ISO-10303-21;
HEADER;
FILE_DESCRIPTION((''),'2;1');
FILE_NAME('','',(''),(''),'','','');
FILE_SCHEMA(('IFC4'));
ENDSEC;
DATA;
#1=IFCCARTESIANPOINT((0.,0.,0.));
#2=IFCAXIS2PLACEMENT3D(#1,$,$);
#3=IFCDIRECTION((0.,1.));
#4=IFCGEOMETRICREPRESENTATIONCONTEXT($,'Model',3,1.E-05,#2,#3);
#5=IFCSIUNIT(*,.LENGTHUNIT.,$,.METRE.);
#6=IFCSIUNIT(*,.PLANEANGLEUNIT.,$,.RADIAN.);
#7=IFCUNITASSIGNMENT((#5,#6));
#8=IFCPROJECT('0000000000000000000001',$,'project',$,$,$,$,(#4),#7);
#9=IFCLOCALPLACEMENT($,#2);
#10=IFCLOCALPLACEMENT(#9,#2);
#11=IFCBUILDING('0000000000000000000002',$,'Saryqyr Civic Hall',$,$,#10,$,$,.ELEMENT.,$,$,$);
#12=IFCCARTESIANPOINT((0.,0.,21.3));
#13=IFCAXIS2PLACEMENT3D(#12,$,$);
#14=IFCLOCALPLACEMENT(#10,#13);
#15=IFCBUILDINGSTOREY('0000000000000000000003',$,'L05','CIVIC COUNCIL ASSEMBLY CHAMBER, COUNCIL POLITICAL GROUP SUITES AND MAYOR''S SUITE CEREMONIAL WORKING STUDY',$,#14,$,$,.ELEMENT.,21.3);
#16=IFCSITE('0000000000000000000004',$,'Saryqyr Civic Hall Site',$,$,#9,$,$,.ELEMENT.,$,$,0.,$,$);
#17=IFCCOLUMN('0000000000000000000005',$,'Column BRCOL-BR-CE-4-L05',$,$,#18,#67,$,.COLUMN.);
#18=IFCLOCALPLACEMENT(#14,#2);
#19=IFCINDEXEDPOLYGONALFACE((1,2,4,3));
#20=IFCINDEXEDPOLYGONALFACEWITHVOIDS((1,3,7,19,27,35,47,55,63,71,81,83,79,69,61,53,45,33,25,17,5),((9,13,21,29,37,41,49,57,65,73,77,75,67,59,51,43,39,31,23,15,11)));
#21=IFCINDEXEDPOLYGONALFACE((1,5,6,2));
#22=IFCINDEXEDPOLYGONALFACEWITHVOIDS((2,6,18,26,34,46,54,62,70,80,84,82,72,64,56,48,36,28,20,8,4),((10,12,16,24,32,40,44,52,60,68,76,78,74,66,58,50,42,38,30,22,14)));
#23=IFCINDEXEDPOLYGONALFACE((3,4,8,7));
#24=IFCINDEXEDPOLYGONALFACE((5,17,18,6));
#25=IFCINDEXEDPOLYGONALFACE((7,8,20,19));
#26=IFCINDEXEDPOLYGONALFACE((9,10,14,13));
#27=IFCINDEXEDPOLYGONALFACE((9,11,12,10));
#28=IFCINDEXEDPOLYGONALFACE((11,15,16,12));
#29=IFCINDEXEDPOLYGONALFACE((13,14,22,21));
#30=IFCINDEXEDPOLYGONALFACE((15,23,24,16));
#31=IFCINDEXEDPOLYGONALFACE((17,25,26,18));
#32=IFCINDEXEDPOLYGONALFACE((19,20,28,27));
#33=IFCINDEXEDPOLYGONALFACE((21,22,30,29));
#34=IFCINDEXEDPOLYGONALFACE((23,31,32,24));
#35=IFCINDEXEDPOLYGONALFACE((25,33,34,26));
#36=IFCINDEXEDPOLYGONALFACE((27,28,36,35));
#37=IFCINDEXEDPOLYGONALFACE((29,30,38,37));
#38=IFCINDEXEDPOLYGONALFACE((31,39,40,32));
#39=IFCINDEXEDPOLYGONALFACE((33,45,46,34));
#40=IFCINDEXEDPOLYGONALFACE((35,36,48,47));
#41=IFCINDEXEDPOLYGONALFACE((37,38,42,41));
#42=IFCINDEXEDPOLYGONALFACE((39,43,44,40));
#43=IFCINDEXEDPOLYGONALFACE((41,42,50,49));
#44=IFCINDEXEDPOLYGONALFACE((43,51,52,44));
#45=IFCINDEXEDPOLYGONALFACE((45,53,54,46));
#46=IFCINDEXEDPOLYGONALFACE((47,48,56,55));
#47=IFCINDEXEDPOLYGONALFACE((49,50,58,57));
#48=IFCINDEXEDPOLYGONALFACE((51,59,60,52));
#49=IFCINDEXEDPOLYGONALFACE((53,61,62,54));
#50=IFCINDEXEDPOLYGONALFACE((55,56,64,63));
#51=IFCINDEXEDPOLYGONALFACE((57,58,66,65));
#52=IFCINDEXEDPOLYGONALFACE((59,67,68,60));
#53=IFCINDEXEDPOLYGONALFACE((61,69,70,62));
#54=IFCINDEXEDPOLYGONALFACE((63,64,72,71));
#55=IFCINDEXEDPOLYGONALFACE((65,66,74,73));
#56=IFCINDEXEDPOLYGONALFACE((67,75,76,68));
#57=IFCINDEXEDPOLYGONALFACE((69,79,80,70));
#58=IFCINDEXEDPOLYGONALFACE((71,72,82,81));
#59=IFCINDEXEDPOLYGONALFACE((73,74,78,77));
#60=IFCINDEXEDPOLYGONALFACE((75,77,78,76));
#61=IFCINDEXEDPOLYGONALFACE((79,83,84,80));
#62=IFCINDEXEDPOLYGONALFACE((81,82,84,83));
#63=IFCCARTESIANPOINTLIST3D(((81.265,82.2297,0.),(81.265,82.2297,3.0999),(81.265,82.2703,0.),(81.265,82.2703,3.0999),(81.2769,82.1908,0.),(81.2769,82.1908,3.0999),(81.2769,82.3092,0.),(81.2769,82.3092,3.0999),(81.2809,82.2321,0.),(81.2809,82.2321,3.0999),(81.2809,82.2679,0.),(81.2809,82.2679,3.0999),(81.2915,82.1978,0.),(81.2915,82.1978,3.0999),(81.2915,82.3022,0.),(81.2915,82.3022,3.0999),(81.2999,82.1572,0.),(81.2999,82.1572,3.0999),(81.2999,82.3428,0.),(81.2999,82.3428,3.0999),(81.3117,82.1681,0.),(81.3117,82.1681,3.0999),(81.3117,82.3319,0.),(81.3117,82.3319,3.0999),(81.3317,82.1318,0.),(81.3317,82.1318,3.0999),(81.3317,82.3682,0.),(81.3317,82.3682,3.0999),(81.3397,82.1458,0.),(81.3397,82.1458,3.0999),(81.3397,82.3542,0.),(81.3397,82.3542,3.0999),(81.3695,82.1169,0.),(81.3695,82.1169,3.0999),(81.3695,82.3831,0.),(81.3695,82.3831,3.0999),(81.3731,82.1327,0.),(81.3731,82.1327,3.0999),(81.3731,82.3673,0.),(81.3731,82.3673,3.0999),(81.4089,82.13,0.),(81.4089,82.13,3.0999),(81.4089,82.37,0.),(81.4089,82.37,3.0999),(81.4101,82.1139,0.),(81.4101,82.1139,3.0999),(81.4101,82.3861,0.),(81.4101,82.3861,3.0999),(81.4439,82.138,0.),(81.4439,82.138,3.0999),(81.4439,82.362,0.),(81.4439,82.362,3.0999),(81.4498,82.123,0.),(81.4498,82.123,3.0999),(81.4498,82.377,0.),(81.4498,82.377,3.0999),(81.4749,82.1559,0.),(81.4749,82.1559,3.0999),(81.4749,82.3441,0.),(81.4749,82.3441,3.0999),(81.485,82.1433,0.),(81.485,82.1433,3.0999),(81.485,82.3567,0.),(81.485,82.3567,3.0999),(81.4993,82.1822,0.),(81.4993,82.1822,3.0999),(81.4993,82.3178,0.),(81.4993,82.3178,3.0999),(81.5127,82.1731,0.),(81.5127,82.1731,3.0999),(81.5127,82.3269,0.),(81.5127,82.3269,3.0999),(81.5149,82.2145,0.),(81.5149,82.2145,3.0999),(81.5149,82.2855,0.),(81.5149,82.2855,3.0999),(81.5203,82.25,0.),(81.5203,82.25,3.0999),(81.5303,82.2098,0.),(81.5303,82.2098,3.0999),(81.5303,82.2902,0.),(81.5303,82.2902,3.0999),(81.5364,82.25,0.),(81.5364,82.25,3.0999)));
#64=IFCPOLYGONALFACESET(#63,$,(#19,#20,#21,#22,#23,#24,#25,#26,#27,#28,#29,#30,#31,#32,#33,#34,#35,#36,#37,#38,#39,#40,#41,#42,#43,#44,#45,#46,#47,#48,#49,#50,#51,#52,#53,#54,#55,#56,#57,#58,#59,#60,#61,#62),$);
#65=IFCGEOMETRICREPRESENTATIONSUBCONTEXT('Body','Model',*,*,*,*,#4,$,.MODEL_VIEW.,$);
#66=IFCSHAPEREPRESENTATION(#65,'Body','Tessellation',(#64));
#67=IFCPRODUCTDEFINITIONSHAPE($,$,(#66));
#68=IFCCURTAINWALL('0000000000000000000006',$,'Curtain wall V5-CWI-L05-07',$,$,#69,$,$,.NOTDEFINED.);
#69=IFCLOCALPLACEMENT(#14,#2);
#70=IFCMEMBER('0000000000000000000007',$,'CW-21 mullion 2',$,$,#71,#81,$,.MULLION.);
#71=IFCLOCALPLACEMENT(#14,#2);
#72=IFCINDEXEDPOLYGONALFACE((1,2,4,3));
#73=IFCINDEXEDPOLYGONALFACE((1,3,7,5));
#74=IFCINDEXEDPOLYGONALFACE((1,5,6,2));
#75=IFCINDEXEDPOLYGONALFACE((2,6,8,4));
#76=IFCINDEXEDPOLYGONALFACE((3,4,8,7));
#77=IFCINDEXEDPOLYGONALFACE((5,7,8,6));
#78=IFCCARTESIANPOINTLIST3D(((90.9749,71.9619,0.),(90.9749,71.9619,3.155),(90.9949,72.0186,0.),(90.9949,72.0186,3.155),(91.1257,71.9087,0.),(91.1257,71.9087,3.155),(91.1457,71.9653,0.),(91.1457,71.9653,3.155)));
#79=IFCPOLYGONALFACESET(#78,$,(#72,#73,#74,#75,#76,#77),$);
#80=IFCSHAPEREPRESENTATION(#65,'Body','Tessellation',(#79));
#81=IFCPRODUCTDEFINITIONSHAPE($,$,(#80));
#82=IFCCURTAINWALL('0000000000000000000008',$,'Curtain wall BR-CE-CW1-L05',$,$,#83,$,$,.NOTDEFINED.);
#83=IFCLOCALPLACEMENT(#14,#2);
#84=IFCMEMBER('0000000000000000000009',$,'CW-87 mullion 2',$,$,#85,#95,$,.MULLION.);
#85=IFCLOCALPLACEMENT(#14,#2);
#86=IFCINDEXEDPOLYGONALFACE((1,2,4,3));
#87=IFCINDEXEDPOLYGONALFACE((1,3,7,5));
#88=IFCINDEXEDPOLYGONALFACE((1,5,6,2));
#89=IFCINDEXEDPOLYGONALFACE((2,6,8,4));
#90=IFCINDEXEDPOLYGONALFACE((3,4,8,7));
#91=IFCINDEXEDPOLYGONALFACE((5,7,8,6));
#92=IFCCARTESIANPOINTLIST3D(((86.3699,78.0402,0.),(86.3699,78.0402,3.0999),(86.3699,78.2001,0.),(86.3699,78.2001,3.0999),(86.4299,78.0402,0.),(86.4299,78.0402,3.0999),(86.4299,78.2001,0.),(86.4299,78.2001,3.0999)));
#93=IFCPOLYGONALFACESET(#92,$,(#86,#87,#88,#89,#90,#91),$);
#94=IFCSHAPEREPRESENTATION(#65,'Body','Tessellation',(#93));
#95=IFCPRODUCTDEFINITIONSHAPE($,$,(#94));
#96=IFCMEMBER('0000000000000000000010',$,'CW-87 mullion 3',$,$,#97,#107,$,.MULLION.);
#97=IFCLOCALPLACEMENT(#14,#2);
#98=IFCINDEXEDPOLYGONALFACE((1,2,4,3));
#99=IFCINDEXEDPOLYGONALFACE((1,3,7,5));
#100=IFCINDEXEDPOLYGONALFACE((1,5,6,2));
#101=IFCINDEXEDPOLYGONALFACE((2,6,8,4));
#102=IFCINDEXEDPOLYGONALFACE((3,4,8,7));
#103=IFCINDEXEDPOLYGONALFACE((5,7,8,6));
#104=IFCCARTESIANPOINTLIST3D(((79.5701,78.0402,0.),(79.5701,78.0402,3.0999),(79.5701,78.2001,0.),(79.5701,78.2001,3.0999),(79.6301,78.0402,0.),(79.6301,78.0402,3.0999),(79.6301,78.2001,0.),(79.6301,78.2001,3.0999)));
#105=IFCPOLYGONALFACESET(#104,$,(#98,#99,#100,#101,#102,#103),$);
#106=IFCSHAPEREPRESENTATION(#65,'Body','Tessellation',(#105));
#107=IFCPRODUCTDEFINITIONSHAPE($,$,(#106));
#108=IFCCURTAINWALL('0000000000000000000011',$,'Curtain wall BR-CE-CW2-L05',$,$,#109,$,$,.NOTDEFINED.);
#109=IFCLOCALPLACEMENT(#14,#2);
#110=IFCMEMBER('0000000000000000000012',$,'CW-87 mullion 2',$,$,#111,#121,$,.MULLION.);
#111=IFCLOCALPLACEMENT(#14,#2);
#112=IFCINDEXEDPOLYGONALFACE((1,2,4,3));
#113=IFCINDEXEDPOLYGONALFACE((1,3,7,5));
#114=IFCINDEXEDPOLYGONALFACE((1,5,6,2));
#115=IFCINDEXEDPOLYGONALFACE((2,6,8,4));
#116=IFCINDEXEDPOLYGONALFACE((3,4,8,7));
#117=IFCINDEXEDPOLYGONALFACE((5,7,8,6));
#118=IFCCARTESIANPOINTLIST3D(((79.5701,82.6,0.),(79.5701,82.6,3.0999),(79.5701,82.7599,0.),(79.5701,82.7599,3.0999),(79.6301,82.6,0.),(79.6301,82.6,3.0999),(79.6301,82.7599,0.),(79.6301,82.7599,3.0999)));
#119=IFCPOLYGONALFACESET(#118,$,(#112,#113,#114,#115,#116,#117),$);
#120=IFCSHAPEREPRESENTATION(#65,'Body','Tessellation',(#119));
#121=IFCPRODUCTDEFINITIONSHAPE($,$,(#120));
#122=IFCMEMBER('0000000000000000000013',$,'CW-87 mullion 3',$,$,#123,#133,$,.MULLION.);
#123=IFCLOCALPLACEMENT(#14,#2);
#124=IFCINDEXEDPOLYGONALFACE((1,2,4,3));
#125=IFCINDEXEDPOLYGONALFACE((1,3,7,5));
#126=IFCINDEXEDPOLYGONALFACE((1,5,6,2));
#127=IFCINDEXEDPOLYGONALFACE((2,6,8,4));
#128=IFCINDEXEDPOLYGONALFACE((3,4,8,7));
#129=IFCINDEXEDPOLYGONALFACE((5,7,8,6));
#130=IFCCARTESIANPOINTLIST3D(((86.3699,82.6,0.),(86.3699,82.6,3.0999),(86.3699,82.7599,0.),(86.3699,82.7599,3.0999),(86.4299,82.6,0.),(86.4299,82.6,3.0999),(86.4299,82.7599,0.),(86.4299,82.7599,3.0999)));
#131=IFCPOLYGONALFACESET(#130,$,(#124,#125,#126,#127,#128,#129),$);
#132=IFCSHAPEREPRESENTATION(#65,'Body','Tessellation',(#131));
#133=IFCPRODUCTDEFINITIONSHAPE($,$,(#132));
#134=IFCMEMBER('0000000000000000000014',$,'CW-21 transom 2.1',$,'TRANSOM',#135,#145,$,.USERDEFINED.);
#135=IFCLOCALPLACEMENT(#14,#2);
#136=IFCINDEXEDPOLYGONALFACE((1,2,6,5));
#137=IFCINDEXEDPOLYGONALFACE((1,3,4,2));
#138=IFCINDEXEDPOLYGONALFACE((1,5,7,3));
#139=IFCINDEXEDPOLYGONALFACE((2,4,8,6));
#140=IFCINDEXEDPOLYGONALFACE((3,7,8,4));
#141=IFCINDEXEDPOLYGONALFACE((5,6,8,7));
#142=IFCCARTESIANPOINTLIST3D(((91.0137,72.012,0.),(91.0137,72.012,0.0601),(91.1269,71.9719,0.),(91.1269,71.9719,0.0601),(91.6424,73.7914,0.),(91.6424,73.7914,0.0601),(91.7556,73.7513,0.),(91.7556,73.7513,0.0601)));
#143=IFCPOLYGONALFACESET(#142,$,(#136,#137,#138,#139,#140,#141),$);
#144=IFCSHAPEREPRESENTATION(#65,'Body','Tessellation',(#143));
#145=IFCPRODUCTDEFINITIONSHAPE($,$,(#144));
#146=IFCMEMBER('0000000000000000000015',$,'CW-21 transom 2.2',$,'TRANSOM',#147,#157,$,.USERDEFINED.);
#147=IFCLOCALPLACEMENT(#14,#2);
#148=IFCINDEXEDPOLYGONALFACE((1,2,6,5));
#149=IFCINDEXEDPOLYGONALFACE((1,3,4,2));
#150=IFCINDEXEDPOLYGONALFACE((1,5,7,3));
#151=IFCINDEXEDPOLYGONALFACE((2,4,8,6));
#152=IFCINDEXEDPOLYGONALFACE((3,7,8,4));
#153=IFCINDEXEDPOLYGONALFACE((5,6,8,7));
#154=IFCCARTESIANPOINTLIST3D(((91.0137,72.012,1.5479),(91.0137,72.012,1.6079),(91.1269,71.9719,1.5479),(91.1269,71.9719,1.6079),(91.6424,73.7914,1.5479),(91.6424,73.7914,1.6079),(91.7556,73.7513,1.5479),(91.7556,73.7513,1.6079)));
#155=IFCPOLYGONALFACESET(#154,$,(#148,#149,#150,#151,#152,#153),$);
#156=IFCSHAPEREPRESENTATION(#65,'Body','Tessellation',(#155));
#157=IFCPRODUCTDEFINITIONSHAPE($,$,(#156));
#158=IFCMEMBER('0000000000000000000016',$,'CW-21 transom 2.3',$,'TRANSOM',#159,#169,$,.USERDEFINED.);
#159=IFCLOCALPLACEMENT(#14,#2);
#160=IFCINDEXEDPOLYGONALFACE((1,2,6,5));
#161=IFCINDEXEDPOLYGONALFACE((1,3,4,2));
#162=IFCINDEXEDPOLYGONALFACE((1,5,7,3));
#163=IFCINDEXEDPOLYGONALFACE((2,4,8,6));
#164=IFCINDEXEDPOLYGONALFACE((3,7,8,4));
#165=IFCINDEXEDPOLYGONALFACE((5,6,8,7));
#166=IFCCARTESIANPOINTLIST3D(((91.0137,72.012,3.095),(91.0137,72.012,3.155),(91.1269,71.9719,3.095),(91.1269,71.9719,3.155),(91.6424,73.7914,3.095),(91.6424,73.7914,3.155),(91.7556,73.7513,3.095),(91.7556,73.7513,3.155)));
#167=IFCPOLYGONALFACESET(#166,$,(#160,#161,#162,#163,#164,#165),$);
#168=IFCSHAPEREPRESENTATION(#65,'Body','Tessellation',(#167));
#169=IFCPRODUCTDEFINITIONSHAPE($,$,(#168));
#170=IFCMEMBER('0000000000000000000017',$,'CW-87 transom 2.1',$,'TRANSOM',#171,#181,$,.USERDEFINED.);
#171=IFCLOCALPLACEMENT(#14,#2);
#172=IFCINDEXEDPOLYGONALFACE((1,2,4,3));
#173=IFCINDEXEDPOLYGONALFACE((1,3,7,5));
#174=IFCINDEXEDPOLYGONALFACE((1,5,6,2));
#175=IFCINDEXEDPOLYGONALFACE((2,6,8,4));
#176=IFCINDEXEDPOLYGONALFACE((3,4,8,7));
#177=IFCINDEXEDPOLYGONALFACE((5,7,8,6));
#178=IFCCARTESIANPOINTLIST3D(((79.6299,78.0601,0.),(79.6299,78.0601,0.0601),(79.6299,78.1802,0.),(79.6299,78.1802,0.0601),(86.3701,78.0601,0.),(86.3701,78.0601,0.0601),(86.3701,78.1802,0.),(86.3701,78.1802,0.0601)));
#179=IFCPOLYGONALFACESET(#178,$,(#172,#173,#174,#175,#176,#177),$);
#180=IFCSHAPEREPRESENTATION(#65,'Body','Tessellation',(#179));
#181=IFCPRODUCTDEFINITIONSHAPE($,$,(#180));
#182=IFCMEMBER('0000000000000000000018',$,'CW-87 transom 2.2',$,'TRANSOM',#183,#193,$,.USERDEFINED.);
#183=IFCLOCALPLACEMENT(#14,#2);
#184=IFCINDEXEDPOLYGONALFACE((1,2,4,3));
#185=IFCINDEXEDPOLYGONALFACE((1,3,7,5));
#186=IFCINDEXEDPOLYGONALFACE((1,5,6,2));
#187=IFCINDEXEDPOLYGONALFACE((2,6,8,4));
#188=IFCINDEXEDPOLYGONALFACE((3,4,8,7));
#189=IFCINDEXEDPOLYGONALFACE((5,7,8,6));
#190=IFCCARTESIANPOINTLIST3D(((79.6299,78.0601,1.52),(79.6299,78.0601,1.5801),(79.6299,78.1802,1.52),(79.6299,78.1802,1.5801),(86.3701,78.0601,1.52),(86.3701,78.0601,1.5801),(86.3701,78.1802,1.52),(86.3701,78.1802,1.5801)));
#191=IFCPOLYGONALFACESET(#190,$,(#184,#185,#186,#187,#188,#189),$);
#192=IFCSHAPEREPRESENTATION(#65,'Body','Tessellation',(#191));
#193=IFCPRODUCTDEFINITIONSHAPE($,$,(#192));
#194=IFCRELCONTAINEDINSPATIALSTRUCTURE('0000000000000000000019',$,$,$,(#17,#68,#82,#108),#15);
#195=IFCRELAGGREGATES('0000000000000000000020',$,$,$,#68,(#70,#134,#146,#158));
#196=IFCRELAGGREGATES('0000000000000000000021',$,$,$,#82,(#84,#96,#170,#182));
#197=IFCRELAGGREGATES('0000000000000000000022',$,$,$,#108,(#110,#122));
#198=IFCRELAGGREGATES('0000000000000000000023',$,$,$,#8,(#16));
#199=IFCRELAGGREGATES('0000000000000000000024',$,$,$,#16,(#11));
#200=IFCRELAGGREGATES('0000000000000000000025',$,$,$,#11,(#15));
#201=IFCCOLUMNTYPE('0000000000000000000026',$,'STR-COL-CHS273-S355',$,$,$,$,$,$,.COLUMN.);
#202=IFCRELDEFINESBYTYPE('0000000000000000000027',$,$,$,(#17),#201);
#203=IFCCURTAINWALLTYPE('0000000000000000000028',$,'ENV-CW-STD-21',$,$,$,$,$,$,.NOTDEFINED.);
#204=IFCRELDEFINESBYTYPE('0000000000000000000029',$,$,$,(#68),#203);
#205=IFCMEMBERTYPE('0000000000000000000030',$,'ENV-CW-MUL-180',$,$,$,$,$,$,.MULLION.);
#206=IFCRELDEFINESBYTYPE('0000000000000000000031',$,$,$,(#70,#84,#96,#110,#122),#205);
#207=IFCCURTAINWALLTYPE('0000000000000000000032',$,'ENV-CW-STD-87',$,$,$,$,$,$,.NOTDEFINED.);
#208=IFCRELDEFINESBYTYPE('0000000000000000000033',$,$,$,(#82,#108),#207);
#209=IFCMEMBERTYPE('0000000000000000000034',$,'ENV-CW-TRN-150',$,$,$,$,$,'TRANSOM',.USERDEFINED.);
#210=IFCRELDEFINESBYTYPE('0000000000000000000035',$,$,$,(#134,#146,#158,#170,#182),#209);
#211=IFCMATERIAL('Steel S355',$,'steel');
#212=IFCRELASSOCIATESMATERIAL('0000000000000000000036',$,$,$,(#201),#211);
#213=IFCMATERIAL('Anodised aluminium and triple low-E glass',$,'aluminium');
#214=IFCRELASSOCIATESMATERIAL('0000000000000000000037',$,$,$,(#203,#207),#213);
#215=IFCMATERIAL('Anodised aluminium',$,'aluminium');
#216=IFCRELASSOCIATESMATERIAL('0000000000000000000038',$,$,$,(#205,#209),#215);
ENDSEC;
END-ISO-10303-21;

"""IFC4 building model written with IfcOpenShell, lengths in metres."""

from ifc_helpers import new_model, si_unit, direction, frame, origin, origin_2d, place, context, subcontext, project, spatial, rectangle, hollow_circle, extrude, material, material_profile, profile_set, type_object, element, aggregate, save


model = new_model("IFC4")

# Units and contexts
model_context = context("Model", 3, precision=1e-05, world=origin(), true_north=direction((0.0, 1.0)))
body_context = subcontext(model_context, "Body", "Model", "MODEL_VIEW")
ifc_project = project(units=[si_unit("LENGTHUNIT", "METRE"), si_unit("PLANEANGLEUNIT", "RADIAN")], contexts=[model_context])

# Site, building, storey
site_placement = place(None, origin())
site = spatial("IfcSite", under=ifc_project, at=site_placement, Name="Saryqyr Civic Hall Site", CompositionType="ELEMENT", RefElevation=0.0)
building_placement = place(site_placement, origin())
building = spatial("IfcBuilding", under=site, at=building_placement, Name="Saryqyr Civic Hall", CompositionType="ELEMENT")
storey_placement = place(building_placement, frame((0.0, 0.0, 21.3)))
storey = spatial("IfcBuildingStorey", under=building, at=storey_placement, Name="L05", Description="CIVIC COUNCIL ASSEMBLY CHAMBER, COUNCIL POLITICAL GROUP SUITES AND MAYOR'S SUITE CEREMONIAL WORKING STUDY", CompositionType="ELEMENT", Elevation=21.3)

# Column
ifc_material_1 = material(Name="Steel S355", Category="steel")
ifc_material_profile_1 = material_profile(ifc_material_1, hollow_circle(Radius=0.1365, WallThickness=0.0161, at=origin_2d()), Name="CHS 273x16")
ifc_profile_set_1 = profile_set([ifc_material_profile_1], Name="Steel S355")
column_type = type_object("IfcColumnType", Name="STR-COL-CHS273-S355", PredefinedType="COLUMN", material=ifc_profile_set_1)
for number, where, z_axis, x_axis, name in (
    (1, (81.3999, 82.25, 0.0), (0.0, 0.0, 1.0), (1.0, 0.0, 0.0), "Column BRCOL-BR-CE-4-L05"),
):
    element("IfcColumn", number, at=place(storey_placement, frame(where, z_axis=z_axis, x_axis=x_axis)), inside=storey, type_object=column_type, Name=name, PredefinedType="COLUMN", context=body_context, shape_type="SweptSolid", body=[
        extrude(hollow_circle(Radius=0.1365, WallThickness=0.0161, at=origin_2d()), origin(), (0.0, 0.0, 1.0), 3.0999),
    ])

# Curtain wall, member
ifc_material_2 = material(Name="Anodised aluminium and triple low-E glass", Category="aluminium")
curtain_wall_type_1 = type_object("IfcCurtainWallType", Name="ENV-CW-STD-21", PredefinedType="NOTDEFINED", material=ifc_material_2)
curtain_wall_1_placement = place(storey_placement, origin())
curtain_wall_1 = element("IfcCurtainWall", 2, at=curtain_wall_1_placement, inside=storey, type_object=curtain_wall_type_1, Name="Curtain wall V5-CWI-L05-07", PredefinedType="NOTDEFINED")
ifc_material_3 = material(Name="Anodised aluminium", Category="aluminium")
ifc_material_profile_2 = material_profile(ifc_material_3, rectangle(XDim=0.0601, YDim=0.1599, at=origin_2d()), Name="ALU MULLION 60x160")
ifc_profile_set_2 = profile_set([ifc_material_profile_2], Name="Anodised aluminium")
member_type_1 = type_object("IfcMemberType", Name="ENV-CW-MUL-180", PredefinedType="MULLION", material=ifc_profile_set_2)
member_1_placement = place(storey_placement, frame((91.0603, 71.9636, 0.0), z_axis=(0.0, 0.0, 1.0), x_axis=(0.333172, 0.942866, 0.0)))
member_1 = element("IfcMember", 3, at=member_1_placement, type_object=member_type_1, Name="CW-21 mullion 2", PredefinedType="MULLION", context=body_context, shape_type="SweptSolid", body=[
    extrude(rectangle(XDim=0.0601, YDim=0.1599, at=origin_2d()), origin(), (0.0, 0.0, 1.0), 3.155),
])

# Curtain walls, members
curtain_wall_type_2 = type_object("IfcCurtainWallType", Name="ENV-CW-STD-87", PredefinedType="NOTDEFINED", material=ifc_material_2)
curtain_wall_2_placement = place(storey_placement, origin())
curtain_wall_2 = element("IfcCurtainWall", 4, at=curtain_wall_2_placement, inside=storey, type_object=curtain_wall_type_2, Name="Curtain wall BR-CE-CW1-L05", PredefinedType="NOTDEFINED")
member_2_placement = place(storey_placement, frame((86.3999, 78.1201, 0.0), z_axis=(0.0, 0.0, 1.0), x_axis=(-1.0, 0.0, 0.0)))
member_2 = element("IfcMember", 5, at=member_2_placement, type_object=member_type_1, Name="CW-87 mullion 2", PredefinedType="MULLION", context=body_context, shape_type="SweptSolid", body=[
    extrude(rectangle(XDim=0.0601, YDim=0.1599, at=origin_2d()), origin(), (0.0, 0.0, 1.0), 3.0999),
])
member_3_placement = place(storey_placement, frame((79.6001, 78.1201, 0.0), z_axis=(0.0, 0.0, 1.0), x_axis=(-1.0, 0.0, 0.0)))
member_3 = element("IfcMember", 6, at=member_3_placement, type_object=member_type_1, Name="CW-87 mullion 3", PredefinedType="MULLION", context=body_context, shape_type="SweptSolid", body=[
    extrude(rectangle(XDim=0.0601, YDim=0.1599, at=origin_2d()), origin(), (0.0, 0.0, 1.0), 3.0999),
])
curtain_wall_3_placement = place(storey_placement, origin())
curtain_wall_3 = element("IfcCurtainWall", 7, at=curtain_wall_3_placement, inside=storey, type_object=curtain_wall_type_2, Name="Curtain wall BR-CE-CW2-L05", PredefinedType="NOTDEFINED")
member_4_placement = place(storey_placement, frame((79.6001, 82.6799, 0.0), z_axis=(0.0, 0.0, 1.0), x_axis=(1.0, 0.0, 0.0)))
member_4 = element("IfcMember", 8, at=member_4_placement, type_object=member_type_1, Name="CW-87 mullion 2", PredefinedType="MULLION", context=body_context, shape_type="SweptSolid", body=[
    extrude(rectangle(XDim=0.0601, YDim=0.1599, at=origin_2d()), origin(), (0.0, 0.0, 1.0), 3.0999),
])
member_5_placement = place(storey_placement, frame((86.3999, 82.6799, 0.0), z_axis=(0.0, 0.0, 1.0), x_axis=(1.0, 0.0, 0.0)))
member_5 = element("IfcMember", 9, at=member_5_placement, type_object=member_type_1, Name="CW-87 mullion 3", PredefinedType="MULLION", context=body_context, shape_type="SweptSolid", body=[
    extrude(rectangle(XDim=0.0601, YDim=0.1599, at=origin_2d()), origin(), (0.0, 0.0, 1.0), 3.0999),
])

# Members
ifc_material_profile_3 = material_profile(ifc_material_3, rectangle(XDim=0.1201, YDim=0.0601, at=origin_2d()), Name="ALU TRANSOM 120x60")
ifc_profile_set_3 = profile_set([ifc_material_profile_3], Name="Anodised aluminium")
member_type_2 = type_object("IfcMemberType", Name="ENV-CW-TRN-150", ElementType="TRANSOM", PredefinedType="USERDEFINED", material=ifc_profile_set_3)
member_6_placement = place(storey_placement, frame((91.0703, 71.9919, 0.03), z_axis=(0.333138, 0.942878, 0.0), x_axis=(-0.942878, 0.333138, 0.0)))
member_6 = element("IfcMember", 10, at=member_6_placement, type_object=member_type_2, Name="CW-21 transom 2.1", ObjectType="TRANSOM", PredefinedType="USERDEFINED", context=body_context, shape_type="SweptSolid", body=[
    extrude(rectangle(XDim=0.1201, YDim=0.0601, at=origin_2d()), origin(), (0.0, 0.0, 1.0), 1.8872),
])
member_7_placement = place(storey_placement, frame((91.0703, 71.9919, 1.5779), z_axis=(0.333138, 0.942878, 0.0), x_axis=(-0.942878, 0.333138, 0.0)))
member_7 = element("IfcMember", 11, at=member_7_placement, type_object=member_type_2, Name="CW-21 transom 2.2", ObjectType="TRANSOM", PredefinedType="USERDEFINED", context=body_context, shape_type="SweptSolid", body=[
    extrude(rectangle(XDim=0.1201, YDim=0.0601, at=origin_2d()), origin(), (0.0, 0.0, 1.0), 1.8872),
])
member_8_placement = place(storey_placement, frame((91.0703, 71.9919, 3.125), z_axis=(0.333138, 0.942878, 0.0), x_axis=(-0.942878, 0.333138, 0.0)))
member_8 = element("IfcMember", 12, at=member_8_placement, type_object=member_type_2, Name="CW-21 transom 2.3", ObjectType="TRANSOM", PredefinedType="USERDEFINED", context=body_context, shape_type="SweptSolid", body=[
    extrude(rectangle(XDim=0.1201, YDim=0.0601, at=origin_2d()), origin(), (0.0, 0.0, 1.0), 1.8872),
])
aggregate(curtain_wall_1, [member_1, member_6, member_7, member_8])
member_9_placement = place(storey_placement, frame((86.3701, 78.1201, 0.03), z_axis=(-1.0, 0.0, 0.0), x_axis=(0.0, -1.0, 0.0)))
member_9 = element("IfcMember", 13, at=member_9_placement, type_object=member_type_2, Name="CW-87 transom 2.1", ObjectType="TRANSOM", PredefinedType="USERDEFINED", context=body_context, shape_type="SweptSolid", body=[
    extrude(rectangle(XDim=0.1201, YDim=0.0601, at=origin_2d()), origin(), (0.0, 0.0, 1.0), 6.7402),
])
member_10_placement = place(storey_placement, frame((86.3701, 78.1201, 1.55), z_axis=(-1.0, 0.0, 0.0), x_axis=(0.0, -1.0, 0.0)))
member_10 = element("IfcMember", 14, at=member_10_placement, type_object=member_type_2, Name="CW-87 transom 2.2", ObjectType="TRANSOM", PredefinedType="USERDEFINED", context=body_context, shape_type="SweptSolid", body=[
    extrude(rectangle(XDim=0.1201, YDim=0.0601, at=origin_2d()), origin(), (0.0, 0.0, 1.0), 6.7402),
])

aggregate(curtain_wall_2, [member_2, member_3, member_9, member_10])
aggregate(curtain_wall_3, [member_4, member_5])

save(model, "model.ifc")
